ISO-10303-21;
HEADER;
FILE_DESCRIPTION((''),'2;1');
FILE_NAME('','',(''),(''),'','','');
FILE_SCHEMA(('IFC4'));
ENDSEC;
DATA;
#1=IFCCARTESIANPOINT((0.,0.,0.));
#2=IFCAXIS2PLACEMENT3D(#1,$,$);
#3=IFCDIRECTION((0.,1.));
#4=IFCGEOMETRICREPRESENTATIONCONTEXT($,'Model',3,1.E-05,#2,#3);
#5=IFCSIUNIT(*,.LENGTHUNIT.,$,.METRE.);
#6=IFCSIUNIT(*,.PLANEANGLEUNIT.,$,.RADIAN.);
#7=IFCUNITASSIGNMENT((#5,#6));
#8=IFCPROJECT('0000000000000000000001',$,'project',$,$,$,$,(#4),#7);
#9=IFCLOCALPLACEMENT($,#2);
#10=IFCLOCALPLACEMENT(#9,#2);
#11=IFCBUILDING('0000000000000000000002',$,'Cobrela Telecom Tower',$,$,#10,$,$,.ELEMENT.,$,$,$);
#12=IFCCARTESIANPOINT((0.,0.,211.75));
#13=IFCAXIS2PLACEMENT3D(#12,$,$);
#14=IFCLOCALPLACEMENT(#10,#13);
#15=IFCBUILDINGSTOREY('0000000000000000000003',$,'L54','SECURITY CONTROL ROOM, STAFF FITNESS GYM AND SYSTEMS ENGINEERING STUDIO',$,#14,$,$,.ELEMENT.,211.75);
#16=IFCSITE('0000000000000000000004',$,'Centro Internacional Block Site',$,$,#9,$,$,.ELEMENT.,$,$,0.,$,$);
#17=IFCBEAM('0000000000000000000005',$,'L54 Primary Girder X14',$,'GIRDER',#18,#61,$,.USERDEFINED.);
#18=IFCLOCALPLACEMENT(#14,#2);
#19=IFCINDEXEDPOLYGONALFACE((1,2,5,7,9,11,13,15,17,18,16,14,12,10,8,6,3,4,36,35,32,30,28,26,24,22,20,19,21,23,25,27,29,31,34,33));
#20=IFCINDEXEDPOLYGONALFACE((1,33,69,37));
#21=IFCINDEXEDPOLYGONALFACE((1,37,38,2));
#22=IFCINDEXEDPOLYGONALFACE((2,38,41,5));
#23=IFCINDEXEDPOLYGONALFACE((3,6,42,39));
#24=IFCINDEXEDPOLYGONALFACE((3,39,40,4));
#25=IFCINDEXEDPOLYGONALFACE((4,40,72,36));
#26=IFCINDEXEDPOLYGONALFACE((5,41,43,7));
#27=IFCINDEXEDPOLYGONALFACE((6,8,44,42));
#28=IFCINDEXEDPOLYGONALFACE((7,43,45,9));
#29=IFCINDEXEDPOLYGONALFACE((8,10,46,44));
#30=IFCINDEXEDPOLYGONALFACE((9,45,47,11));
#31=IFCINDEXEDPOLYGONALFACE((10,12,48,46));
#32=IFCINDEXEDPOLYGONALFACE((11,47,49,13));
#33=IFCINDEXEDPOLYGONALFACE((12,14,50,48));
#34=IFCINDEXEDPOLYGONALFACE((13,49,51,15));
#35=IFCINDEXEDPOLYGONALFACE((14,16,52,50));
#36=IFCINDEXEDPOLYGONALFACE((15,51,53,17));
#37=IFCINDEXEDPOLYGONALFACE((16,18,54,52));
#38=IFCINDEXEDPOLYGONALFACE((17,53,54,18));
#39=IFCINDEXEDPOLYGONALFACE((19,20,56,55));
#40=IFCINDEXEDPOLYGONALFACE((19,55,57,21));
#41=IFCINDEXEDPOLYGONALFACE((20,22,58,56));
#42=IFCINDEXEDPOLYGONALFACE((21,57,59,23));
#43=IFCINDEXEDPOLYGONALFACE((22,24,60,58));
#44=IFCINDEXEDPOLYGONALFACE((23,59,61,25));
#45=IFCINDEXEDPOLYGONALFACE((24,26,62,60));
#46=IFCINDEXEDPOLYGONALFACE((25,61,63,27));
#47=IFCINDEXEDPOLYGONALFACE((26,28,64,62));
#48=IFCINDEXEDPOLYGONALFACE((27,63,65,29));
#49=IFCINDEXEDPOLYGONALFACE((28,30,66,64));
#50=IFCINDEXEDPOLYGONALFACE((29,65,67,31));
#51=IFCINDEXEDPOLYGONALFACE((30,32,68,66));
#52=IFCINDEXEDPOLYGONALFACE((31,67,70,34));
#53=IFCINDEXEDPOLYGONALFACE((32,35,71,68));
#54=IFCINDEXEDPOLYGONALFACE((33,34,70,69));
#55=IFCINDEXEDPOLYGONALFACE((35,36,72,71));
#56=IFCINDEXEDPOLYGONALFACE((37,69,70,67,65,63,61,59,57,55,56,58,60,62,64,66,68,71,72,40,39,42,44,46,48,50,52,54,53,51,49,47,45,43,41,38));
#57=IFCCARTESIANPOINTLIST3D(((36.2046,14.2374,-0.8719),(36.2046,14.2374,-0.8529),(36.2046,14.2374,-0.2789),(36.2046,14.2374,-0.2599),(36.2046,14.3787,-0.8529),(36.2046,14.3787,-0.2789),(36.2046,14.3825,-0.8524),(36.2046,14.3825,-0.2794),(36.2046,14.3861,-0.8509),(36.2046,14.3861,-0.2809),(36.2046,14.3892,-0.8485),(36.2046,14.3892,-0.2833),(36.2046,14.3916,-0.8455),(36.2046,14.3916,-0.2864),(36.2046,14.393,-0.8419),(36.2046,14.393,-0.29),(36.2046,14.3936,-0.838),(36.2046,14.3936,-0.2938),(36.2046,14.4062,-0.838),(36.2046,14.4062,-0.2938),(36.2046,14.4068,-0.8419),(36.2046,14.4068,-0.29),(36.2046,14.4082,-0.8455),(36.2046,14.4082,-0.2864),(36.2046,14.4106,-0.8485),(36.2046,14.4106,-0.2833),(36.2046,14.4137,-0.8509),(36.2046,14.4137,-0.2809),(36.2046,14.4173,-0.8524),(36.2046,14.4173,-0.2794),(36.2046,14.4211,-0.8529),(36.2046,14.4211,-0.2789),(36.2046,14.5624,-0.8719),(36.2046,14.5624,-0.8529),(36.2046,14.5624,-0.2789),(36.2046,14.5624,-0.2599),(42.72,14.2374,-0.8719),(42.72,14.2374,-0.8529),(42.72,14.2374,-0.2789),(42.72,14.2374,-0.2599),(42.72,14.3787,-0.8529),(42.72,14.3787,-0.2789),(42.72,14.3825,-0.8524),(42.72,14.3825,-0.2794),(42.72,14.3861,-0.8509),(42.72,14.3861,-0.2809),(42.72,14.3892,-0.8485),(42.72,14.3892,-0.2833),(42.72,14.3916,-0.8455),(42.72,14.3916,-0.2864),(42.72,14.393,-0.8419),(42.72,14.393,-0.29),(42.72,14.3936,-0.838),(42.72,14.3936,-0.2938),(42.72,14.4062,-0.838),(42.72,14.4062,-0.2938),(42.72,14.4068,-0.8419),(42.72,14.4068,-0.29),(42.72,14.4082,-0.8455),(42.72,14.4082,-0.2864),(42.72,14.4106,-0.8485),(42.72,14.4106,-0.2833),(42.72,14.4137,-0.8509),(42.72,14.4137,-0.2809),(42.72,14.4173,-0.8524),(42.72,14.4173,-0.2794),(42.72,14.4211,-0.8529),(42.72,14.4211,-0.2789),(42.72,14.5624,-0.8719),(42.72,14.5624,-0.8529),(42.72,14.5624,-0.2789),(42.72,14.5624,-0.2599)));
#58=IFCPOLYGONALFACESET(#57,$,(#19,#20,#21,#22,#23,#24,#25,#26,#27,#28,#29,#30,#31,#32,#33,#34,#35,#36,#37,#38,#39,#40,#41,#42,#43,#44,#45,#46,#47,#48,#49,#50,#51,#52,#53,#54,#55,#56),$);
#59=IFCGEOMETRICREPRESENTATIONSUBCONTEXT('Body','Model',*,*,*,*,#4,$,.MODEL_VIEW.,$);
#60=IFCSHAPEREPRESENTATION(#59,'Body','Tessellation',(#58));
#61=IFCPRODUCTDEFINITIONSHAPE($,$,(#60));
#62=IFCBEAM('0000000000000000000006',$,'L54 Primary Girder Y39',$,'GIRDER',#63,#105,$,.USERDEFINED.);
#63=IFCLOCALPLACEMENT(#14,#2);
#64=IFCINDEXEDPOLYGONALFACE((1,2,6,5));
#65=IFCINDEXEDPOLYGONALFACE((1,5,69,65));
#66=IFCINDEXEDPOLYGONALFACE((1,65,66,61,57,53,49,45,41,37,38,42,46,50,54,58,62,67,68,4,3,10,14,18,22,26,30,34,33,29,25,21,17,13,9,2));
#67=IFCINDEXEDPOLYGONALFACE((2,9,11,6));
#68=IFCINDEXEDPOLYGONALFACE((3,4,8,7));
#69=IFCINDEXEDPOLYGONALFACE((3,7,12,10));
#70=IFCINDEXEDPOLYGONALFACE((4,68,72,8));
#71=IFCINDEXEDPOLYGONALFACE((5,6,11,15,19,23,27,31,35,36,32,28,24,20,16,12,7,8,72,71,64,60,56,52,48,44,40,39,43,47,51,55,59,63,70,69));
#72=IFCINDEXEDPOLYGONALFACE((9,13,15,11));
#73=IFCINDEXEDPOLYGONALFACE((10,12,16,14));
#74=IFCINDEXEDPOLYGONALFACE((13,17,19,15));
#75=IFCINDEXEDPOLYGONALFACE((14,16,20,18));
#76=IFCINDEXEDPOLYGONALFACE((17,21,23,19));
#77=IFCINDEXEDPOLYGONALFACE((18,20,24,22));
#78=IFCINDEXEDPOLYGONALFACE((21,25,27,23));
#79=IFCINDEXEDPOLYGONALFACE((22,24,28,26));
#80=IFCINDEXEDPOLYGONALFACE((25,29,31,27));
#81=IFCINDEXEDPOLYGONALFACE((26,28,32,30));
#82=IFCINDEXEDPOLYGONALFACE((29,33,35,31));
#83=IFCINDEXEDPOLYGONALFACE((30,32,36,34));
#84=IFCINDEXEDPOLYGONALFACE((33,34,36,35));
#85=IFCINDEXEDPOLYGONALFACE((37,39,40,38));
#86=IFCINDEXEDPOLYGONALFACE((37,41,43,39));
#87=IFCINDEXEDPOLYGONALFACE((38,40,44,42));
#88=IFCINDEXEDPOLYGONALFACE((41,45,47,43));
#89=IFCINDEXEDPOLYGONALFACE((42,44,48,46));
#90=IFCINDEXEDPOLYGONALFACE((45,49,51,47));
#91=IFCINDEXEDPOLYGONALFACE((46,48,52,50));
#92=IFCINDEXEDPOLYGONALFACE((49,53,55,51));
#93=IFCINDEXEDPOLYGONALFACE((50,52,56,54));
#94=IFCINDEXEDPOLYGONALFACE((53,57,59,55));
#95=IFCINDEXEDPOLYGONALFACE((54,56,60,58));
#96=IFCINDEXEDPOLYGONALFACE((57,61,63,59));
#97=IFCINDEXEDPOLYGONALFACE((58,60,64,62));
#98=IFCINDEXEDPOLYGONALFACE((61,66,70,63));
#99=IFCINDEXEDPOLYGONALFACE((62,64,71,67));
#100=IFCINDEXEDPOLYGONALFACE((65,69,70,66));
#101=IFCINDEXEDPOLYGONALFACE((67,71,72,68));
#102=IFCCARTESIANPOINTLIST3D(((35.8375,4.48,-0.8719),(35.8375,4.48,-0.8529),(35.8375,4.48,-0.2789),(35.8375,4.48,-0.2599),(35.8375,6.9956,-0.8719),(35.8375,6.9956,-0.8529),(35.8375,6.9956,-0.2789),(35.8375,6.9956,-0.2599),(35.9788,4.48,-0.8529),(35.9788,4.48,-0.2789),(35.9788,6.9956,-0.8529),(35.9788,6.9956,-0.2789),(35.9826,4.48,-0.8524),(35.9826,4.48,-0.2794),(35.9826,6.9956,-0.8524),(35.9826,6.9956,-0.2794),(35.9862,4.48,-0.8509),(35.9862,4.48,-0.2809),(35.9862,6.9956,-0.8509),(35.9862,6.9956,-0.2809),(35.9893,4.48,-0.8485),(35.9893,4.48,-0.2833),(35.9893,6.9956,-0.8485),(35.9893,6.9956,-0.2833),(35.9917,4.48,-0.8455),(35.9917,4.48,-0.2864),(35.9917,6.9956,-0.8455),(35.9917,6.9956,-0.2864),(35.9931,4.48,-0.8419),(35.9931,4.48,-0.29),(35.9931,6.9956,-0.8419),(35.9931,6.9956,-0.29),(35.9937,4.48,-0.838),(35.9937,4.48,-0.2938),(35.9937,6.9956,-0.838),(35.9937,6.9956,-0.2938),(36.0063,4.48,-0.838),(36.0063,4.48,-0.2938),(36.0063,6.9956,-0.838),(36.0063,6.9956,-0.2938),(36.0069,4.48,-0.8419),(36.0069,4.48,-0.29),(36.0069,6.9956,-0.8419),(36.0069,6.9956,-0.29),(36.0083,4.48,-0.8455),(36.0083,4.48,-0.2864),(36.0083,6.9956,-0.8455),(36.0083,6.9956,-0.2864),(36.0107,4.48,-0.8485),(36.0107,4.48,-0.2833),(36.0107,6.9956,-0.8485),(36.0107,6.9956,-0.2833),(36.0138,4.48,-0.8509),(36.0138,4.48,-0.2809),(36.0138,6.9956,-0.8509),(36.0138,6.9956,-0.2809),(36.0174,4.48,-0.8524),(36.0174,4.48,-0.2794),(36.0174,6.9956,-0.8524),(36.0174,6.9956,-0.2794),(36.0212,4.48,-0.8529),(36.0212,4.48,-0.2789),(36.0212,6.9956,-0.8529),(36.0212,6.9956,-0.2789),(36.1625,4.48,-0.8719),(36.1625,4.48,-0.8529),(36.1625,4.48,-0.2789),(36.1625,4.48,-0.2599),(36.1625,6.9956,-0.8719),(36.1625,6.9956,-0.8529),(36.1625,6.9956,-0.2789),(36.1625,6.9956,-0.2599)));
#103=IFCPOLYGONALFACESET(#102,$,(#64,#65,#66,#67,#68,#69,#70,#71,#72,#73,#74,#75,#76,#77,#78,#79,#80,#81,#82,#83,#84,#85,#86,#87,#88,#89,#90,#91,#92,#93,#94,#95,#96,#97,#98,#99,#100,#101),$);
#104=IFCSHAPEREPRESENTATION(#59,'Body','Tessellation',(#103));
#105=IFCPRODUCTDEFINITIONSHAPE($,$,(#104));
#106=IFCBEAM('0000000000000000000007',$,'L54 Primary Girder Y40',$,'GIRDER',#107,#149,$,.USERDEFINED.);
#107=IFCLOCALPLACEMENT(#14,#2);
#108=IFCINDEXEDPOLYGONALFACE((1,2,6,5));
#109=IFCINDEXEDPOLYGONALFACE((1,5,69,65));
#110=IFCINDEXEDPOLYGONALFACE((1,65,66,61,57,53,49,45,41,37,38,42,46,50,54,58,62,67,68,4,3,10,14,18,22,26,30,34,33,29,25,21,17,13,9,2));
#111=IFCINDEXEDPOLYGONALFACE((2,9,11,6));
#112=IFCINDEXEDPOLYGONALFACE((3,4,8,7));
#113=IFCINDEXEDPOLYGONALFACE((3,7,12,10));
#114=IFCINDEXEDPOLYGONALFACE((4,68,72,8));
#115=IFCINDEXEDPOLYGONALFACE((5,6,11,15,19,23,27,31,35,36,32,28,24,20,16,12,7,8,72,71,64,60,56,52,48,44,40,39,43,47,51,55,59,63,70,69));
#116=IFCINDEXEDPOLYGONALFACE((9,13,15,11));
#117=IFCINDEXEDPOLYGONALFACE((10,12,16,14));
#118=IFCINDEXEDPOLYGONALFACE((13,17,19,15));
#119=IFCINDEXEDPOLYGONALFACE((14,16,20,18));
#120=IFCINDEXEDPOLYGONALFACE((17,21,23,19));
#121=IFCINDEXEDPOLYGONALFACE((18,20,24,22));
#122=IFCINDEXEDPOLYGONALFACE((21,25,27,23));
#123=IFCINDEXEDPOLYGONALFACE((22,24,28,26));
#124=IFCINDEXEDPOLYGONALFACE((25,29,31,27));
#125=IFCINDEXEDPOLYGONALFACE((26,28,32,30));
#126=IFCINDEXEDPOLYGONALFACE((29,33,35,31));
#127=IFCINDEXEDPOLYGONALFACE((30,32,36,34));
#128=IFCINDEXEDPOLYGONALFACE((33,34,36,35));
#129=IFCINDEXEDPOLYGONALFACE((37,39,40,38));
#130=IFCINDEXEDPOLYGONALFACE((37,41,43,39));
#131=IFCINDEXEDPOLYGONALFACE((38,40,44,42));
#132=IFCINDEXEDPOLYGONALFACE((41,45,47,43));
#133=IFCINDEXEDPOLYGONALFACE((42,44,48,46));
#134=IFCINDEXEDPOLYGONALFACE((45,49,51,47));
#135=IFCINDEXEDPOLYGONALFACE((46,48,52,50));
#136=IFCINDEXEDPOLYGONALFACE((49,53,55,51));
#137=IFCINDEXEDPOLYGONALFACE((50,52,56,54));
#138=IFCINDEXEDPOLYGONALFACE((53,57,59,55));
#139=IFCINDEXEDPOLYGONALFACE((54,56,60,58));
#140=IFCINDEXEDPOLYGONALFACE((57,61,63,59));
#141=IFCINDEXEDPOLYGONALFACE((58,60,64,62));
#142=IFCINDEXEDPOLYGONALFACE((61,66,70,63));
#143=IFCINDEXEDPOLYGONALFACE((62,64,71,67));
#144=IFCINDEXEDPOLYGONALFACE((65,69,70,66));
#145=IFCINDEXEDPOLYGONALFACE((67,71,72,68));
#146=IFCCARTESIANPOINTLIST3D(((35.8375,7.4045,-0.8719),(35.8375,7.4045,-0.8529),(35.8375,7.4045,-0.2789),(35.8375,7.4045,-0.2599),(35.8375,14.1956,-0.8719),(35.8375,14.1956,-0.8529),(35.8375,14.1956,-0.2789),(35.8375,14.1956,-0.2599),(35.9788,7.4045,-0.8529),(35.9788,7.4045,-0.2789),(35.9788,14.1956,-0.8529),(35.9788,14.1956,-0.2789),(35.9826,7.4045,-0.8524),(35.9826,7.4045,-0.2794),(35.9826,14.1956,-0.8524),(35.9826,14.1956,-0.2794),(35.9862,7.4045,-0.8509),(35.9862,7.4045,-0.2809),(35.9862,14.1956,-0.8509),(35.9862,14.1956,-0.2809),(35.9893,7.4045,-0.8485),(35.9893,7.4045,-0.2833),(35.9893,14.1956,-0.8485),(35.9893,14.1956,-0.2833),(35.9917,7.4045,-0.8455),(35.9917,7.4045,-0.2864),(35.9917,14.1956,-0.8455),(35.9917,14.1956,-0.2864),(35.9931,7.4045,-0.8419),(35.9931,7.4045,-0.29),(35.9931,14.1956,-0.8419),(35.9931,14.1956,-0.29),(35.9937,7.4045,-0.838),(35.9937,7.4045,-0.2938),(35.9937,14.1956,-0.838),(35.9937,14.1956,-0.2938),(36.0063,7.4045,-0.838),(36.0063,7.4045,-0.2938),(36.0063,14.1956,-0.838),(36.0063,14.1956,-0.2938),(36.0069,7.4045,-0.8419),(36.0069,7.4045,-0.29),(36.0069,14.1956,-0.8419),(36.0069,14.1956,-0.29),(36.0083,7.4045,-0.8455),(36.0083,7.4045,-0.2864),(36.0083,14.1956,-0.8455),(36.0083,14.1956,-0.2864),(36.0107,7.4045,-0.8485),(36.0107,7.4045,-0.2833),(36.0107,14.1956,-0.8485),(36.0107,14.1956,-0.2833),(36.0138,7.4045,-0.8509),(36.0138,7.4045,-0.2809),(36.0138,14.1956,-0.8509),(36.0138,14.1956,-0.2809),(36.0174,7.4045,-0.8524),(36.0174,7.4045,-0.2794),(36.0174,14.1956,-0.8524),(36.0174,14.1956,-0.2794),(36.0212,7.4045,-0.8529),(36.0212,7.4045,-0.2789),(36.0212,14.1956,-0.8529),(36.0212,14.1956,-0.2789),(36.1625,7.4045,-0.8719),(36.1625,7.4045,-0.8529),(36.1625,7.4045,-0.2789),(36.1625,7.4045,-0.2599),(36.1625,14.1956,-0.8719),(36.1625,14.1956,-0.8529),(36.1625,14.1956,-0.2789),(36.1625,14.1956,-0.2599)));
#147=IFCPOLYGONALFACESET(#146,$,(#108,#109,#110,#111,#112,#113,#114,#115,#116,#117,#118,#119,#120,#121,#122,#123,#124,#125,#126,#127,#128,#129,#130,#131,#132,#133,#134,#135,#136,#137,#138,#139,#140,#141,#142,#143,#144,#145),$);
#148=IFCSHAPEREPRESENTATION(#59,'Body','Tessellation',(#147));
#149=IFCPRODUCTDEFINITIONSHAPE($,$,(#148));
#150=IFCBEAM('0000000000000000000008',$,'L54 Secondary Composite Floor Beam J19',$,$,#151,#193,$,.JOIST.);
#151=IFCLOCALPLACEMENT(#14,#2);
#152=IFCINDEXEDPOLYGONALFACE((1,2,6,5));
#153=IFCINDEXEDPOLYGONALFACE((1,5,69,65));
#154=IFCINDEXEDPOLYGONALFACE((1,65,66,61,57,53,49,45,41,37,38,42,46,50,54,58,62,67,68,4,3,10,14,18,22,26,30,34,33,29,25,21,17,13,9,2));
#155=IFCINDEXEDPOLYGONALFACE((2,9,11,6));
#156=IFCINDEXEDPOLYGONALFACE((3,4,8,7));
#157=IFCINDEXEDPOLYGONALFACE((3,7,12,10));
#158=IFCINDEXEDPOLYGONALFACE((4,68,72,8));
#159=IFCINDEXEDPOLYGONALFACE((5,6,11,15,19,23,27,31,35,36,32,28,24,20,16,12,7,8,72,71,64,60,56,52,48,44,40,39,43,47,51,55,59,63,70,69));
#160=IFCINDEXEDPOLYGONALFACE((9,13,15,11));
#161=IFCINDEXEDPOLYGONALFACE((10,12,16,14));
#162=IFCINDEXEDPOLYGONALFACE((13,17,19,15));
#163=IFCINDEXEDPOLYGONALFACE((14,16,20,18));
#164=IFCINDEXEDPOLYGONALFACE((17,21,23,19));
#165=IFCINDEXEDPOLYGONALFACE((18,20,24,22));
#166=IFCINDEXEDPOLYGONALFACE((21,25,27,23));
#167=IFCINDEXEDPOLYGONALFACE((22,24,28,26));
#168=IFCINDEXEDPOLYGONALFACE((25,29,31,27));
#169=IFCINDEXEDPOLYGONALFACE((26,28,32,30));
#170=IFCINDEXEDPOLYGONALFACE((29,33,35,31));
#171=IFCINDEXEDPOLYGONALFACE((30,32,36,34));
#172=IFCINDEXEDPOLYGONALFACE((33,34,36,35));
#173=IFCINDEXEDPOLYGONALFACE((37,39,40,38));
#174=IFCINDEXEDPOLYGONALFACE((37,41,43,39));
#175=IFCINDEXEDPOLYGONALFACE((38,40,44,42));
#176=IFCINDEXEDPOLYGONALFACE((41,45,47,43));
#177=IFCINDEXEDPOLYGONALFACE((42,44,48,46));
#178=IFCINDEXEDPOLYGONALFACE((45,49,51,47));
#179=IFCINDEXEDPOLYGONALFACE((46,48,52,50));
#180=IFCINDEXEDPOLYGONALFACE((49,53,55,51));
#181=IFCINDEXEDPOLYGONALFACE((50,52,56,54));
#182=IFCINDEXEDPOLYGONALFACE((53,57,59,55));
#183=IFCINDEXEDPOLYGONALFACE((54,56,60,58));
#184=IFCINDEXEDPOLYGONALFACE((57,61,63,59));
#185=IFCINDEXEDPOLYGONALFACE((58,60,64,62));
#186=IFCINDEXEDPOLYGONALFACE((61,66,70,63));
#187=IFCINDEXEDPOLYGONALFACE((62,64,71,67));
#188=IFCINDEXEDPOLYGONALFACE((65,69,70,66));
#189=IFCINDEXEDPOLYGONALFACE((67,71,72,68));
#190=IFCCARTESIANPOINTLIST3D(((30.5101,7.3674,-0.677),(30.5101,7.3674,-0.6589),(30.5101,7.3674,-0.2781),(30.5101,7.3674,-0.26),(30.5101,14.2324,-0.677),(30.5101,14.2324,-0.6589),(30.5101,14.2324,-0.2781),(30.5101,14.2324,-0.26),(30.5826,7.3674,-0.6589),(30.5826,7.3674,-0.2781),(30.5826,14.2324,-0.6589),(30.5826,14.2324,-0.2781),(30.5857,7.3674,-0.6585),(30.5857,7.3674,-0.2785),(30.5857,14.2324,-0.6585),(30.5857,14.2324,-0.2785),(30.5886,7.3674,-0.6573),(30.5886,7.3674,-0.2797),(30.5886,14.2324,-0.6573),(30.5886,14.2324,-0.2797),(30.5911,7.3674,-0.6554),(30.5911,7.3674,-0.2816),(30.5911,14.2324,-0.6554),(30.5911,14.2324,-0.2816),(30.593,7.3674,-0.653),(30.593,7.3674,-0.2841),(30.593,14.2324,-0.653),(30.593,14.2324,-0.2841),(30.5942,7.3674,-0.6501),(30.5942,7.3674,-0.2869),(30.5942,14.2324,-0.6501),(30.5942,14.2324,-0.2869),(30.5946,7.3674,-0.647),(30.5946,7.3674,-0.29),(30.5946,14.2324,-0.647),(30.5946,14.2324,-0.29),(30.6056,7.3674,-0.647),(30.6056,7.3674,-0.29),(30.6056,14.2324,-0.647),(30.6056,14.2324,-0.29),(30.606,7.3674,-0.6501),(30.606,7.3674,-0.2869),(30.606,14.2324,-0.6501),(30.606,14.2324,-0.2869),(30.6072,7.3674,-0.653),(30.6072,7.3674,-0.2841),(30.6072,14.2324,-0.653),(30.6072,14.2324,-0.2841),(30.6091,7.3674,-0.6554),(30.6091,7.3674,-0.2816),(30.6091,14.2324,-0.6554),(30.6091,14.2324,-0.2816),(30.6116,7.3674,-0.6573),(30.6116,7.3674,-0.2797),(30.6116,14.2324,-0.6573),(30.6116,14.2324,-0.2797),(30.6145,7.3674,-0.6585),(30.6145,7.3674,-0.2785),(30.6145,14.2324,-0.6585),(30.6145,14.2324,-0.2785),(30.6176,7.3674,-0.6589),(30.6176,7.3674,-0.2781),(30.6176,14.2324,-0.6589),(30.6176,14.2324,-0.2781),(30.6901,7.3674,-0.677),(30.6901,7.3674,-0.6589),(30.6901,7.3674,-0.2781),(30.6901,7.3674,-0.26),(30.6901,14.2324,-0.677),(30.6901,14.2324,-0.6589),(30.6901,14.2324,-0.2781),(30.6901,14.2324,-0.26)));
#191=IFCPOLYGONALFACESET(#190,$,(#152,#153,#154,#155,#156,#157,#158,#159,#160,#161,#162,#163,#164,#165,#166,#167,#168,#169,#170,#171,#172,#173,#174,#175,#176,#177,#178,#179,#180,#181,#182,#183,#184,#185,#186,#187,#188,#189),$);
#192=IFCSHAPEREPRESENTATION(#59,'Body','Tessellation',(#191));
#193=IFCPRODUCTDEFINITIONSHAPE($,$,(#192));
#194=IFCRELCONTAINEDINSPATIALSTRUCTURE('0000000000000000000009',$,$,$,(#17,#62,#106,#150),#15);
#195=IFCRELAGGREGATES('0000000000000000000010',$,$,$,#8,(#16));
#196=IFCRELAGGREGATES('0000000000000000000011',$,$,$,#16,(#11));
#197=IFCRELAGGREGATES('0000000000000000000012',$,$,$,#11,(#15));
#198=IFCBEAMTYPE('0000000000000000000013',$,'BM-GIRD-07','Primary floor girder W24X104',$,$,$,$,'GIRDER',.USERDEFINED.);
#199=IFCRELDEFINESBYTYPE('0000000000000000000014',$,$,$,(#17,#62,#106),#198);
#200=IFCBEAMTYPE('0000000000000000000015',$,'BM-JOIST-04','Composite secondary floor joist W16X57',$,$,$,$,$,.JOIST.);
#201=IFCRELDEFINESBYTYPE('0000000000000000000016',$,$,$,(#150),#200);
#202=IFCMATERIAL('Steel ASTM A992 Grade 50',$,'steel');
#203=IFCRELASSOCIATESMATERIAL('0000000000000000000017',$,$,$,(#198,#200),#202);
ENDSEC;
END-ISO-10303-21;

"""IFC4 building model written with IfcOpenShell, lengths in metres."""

from ifc_helpers import new_model, si_unit, direction, frame, origin, origin_2d, place, context, subcontext, project, spatial, i_section, extrude, material, material_profile, profile_set, type_object, element, save


model = new_model("IFC4")

# Units and contexts
model_context = context("Model", 3, precision=1e-05, world=origin(), true_north=direction((0.0, 1.0)))
body_context = subcontext(model_context, "Body", "Model", "MODEL_VIEW")
ifc_project = project(units=[si_unit("LENGTHUNIT", "METRE"), si_unit("PLANEANGLEUNIT", "RADIAN")], contexts=[model_context])

# Site, building, storey
site_placement = place(None, origin())
site = spatial("IfcSite", under=ifc_project, at=site_placement, Name="Centro Internacional Block Site", CompositionType="ELEMENT", RefElevation=0.0)
building_placement = place(site_placement, origin())
building = spatial("IfcBuilding", under=site, at=building_placement, Name="Cobrela Telecom Tower", CompositionType="ELEMENT")
storey_placement = place(building_placement, frame((0.0, 0.0, 211.75)))
storey = spatial("IfcBuildingStorey", under=building, at=storey_placement, Name="L54", Description="SECURITY CONTROL ROOM, STAFF FITNESS GYM AND SYSTEMS ENGINEERING STUDIO", CompositionType="ELEMENT", Elevation=211.75)

# Shared definitions
ifc_material_1 = material(Name="Steel ASTM A992 Grade 50", Category="steel")

# Beams
ifc_material_profile_1 = material_profile(ifc_material_1, i_section(OverallWidth=0.325, OverallDepth=0.6121, WebThickness=0.0127, FlangeThickness=0.019, FilletRadius=0.0149, at=origin_2d()), Name="W24X104")
ifc_profile_set_1 = profile_set([ifc_material_profile_1], Name="Steel ASTM A992 Grade 50")
beam_type_1 = type_object("IfcBeamType", Name="BM-GIRD-07", Description="Primary floor girder W24X104", ElementType="GIRDER", PredefinedType="USERDEFINED", material=ifc_profile_set_1)
for number, where, z_axis, x_axis, name in (
    (1, (36.2046, 14.3999, -0.5659), (1.0, 0.0, 0.0), (0.0, 1.0, 0.0), "L54 Primary Girder X14"),
):
    element("IfcBeam", number, at=place(storey_placement, frame(where, z_axis=z_axis, x_axis=x_axis)), inside=storey, type_object=beam_type_1, Name=name, ObjectType="GIRDER", PredefinedType="USERDEFINED", context=body_context, shape_type="SweptSolid", body=[
        extrude(i_section(OverallWidth=0.325, OverallDepth=0.6121, WebThickness=0.0127, FlangeThickness=0.019, FilletRadius=0.0149, at=origin_2d()), origin(), (0.0, 0.0, 1.0), 6.5154),
    ])
beam_1_placement = place(storey_placement, frame((36.0, 4.48, -0.5659), z_axis=(0.0, 1.0, 0.0), x_axis=(-1.0, 0.0, 0.0)))
element("IfcBeam", 2, at=beam_1_placement, inside=storey, type_object=beam_type_1, Name="L54 Primary Girder Y39", ObjectType="GIRDER", PredefinedType="USERDEFINED", context=body_context, shape_type="SweptSolid", body=[
    extrude(i_section(OverallWidth=0.325, OverallDepth=0.6121, WebThickness=0.0127, FlangeThickness=0.019, FilletRadius=0.0149, at=origin_2d()), origin(), (0.0, 0.0, 1.0), 2.5156),
])
beam_2_placement = place(storey_placement, frame((36.0, 7.4045, -0.5659), z_axis=(0.0, 1.0, 0.0), x_axis=(-1.0, 0.0, 0.0)))
element("IfcBeam", 3, at=beam_2_placement, inside=storey, type_object=beam_type_1, Name="L54 Primary Girder Y40", ObjectType="GIRDER", PredefinedType="USERDEFINED", context=body_context, shape_type="SweptSolid", body=[
    extrude(i_section(OverallWidth=0.325, OverallDepth=0.6121, WebThickness=0.0127, FlangeThickness=0.019, FilletRadius=0.0149, at=origin_2d()), origin(), (0.0, 0.0, 1.0), 6.791),
])
ifc_material_profile_2 = material_profile(ifc_material_1, i_section(OverallWidth=0.1799, OverallDepth=0.417, WebThickness=0.011, FlangeThickness=0.0181, FilletRadius=0.012, at=origin_2d()), Name="W16X57")
ifc_profile_set_2 = profile_set([ifc_material_profile_2], Name="Steel ASTM A992 Grade 50")
beam_type_2 = type_object("IfcBeamType", Name="BM-JOIST-04", Description="Composite secondary floor joist W16X57", PredefinedType="JOIST", material=ifc_profile_set_2)
for number, where, z_axis, x_axis, name in (
    (4, (30.6001, 7.3674, -0.4685), (0.0, 1.0, 0.0), (-1.0, 0.0, 0.0), "L54 Secondary Composite Floor Beam J19"),
):
    element("IfcBeam", number, at=place(storey_placement, frame(where, z_axis=z_axis, x_axis=x_axis)), inside=storey, type_object=beam_type_2, Name=name, PredefinedType="JOIST", context=body_context, shape_type="SweptSolid", body=[
        extrude(i_section(OverallWidth=0.1799, OverallDepth=0.417, WebThickness=0.011, FlangeThickness=0.0181, FilletRadius=0.012, at=origin_2d()), origin(), (0.0, 0.0, 1.0), 6.865),
    ])

save(model, "model.ifc")
